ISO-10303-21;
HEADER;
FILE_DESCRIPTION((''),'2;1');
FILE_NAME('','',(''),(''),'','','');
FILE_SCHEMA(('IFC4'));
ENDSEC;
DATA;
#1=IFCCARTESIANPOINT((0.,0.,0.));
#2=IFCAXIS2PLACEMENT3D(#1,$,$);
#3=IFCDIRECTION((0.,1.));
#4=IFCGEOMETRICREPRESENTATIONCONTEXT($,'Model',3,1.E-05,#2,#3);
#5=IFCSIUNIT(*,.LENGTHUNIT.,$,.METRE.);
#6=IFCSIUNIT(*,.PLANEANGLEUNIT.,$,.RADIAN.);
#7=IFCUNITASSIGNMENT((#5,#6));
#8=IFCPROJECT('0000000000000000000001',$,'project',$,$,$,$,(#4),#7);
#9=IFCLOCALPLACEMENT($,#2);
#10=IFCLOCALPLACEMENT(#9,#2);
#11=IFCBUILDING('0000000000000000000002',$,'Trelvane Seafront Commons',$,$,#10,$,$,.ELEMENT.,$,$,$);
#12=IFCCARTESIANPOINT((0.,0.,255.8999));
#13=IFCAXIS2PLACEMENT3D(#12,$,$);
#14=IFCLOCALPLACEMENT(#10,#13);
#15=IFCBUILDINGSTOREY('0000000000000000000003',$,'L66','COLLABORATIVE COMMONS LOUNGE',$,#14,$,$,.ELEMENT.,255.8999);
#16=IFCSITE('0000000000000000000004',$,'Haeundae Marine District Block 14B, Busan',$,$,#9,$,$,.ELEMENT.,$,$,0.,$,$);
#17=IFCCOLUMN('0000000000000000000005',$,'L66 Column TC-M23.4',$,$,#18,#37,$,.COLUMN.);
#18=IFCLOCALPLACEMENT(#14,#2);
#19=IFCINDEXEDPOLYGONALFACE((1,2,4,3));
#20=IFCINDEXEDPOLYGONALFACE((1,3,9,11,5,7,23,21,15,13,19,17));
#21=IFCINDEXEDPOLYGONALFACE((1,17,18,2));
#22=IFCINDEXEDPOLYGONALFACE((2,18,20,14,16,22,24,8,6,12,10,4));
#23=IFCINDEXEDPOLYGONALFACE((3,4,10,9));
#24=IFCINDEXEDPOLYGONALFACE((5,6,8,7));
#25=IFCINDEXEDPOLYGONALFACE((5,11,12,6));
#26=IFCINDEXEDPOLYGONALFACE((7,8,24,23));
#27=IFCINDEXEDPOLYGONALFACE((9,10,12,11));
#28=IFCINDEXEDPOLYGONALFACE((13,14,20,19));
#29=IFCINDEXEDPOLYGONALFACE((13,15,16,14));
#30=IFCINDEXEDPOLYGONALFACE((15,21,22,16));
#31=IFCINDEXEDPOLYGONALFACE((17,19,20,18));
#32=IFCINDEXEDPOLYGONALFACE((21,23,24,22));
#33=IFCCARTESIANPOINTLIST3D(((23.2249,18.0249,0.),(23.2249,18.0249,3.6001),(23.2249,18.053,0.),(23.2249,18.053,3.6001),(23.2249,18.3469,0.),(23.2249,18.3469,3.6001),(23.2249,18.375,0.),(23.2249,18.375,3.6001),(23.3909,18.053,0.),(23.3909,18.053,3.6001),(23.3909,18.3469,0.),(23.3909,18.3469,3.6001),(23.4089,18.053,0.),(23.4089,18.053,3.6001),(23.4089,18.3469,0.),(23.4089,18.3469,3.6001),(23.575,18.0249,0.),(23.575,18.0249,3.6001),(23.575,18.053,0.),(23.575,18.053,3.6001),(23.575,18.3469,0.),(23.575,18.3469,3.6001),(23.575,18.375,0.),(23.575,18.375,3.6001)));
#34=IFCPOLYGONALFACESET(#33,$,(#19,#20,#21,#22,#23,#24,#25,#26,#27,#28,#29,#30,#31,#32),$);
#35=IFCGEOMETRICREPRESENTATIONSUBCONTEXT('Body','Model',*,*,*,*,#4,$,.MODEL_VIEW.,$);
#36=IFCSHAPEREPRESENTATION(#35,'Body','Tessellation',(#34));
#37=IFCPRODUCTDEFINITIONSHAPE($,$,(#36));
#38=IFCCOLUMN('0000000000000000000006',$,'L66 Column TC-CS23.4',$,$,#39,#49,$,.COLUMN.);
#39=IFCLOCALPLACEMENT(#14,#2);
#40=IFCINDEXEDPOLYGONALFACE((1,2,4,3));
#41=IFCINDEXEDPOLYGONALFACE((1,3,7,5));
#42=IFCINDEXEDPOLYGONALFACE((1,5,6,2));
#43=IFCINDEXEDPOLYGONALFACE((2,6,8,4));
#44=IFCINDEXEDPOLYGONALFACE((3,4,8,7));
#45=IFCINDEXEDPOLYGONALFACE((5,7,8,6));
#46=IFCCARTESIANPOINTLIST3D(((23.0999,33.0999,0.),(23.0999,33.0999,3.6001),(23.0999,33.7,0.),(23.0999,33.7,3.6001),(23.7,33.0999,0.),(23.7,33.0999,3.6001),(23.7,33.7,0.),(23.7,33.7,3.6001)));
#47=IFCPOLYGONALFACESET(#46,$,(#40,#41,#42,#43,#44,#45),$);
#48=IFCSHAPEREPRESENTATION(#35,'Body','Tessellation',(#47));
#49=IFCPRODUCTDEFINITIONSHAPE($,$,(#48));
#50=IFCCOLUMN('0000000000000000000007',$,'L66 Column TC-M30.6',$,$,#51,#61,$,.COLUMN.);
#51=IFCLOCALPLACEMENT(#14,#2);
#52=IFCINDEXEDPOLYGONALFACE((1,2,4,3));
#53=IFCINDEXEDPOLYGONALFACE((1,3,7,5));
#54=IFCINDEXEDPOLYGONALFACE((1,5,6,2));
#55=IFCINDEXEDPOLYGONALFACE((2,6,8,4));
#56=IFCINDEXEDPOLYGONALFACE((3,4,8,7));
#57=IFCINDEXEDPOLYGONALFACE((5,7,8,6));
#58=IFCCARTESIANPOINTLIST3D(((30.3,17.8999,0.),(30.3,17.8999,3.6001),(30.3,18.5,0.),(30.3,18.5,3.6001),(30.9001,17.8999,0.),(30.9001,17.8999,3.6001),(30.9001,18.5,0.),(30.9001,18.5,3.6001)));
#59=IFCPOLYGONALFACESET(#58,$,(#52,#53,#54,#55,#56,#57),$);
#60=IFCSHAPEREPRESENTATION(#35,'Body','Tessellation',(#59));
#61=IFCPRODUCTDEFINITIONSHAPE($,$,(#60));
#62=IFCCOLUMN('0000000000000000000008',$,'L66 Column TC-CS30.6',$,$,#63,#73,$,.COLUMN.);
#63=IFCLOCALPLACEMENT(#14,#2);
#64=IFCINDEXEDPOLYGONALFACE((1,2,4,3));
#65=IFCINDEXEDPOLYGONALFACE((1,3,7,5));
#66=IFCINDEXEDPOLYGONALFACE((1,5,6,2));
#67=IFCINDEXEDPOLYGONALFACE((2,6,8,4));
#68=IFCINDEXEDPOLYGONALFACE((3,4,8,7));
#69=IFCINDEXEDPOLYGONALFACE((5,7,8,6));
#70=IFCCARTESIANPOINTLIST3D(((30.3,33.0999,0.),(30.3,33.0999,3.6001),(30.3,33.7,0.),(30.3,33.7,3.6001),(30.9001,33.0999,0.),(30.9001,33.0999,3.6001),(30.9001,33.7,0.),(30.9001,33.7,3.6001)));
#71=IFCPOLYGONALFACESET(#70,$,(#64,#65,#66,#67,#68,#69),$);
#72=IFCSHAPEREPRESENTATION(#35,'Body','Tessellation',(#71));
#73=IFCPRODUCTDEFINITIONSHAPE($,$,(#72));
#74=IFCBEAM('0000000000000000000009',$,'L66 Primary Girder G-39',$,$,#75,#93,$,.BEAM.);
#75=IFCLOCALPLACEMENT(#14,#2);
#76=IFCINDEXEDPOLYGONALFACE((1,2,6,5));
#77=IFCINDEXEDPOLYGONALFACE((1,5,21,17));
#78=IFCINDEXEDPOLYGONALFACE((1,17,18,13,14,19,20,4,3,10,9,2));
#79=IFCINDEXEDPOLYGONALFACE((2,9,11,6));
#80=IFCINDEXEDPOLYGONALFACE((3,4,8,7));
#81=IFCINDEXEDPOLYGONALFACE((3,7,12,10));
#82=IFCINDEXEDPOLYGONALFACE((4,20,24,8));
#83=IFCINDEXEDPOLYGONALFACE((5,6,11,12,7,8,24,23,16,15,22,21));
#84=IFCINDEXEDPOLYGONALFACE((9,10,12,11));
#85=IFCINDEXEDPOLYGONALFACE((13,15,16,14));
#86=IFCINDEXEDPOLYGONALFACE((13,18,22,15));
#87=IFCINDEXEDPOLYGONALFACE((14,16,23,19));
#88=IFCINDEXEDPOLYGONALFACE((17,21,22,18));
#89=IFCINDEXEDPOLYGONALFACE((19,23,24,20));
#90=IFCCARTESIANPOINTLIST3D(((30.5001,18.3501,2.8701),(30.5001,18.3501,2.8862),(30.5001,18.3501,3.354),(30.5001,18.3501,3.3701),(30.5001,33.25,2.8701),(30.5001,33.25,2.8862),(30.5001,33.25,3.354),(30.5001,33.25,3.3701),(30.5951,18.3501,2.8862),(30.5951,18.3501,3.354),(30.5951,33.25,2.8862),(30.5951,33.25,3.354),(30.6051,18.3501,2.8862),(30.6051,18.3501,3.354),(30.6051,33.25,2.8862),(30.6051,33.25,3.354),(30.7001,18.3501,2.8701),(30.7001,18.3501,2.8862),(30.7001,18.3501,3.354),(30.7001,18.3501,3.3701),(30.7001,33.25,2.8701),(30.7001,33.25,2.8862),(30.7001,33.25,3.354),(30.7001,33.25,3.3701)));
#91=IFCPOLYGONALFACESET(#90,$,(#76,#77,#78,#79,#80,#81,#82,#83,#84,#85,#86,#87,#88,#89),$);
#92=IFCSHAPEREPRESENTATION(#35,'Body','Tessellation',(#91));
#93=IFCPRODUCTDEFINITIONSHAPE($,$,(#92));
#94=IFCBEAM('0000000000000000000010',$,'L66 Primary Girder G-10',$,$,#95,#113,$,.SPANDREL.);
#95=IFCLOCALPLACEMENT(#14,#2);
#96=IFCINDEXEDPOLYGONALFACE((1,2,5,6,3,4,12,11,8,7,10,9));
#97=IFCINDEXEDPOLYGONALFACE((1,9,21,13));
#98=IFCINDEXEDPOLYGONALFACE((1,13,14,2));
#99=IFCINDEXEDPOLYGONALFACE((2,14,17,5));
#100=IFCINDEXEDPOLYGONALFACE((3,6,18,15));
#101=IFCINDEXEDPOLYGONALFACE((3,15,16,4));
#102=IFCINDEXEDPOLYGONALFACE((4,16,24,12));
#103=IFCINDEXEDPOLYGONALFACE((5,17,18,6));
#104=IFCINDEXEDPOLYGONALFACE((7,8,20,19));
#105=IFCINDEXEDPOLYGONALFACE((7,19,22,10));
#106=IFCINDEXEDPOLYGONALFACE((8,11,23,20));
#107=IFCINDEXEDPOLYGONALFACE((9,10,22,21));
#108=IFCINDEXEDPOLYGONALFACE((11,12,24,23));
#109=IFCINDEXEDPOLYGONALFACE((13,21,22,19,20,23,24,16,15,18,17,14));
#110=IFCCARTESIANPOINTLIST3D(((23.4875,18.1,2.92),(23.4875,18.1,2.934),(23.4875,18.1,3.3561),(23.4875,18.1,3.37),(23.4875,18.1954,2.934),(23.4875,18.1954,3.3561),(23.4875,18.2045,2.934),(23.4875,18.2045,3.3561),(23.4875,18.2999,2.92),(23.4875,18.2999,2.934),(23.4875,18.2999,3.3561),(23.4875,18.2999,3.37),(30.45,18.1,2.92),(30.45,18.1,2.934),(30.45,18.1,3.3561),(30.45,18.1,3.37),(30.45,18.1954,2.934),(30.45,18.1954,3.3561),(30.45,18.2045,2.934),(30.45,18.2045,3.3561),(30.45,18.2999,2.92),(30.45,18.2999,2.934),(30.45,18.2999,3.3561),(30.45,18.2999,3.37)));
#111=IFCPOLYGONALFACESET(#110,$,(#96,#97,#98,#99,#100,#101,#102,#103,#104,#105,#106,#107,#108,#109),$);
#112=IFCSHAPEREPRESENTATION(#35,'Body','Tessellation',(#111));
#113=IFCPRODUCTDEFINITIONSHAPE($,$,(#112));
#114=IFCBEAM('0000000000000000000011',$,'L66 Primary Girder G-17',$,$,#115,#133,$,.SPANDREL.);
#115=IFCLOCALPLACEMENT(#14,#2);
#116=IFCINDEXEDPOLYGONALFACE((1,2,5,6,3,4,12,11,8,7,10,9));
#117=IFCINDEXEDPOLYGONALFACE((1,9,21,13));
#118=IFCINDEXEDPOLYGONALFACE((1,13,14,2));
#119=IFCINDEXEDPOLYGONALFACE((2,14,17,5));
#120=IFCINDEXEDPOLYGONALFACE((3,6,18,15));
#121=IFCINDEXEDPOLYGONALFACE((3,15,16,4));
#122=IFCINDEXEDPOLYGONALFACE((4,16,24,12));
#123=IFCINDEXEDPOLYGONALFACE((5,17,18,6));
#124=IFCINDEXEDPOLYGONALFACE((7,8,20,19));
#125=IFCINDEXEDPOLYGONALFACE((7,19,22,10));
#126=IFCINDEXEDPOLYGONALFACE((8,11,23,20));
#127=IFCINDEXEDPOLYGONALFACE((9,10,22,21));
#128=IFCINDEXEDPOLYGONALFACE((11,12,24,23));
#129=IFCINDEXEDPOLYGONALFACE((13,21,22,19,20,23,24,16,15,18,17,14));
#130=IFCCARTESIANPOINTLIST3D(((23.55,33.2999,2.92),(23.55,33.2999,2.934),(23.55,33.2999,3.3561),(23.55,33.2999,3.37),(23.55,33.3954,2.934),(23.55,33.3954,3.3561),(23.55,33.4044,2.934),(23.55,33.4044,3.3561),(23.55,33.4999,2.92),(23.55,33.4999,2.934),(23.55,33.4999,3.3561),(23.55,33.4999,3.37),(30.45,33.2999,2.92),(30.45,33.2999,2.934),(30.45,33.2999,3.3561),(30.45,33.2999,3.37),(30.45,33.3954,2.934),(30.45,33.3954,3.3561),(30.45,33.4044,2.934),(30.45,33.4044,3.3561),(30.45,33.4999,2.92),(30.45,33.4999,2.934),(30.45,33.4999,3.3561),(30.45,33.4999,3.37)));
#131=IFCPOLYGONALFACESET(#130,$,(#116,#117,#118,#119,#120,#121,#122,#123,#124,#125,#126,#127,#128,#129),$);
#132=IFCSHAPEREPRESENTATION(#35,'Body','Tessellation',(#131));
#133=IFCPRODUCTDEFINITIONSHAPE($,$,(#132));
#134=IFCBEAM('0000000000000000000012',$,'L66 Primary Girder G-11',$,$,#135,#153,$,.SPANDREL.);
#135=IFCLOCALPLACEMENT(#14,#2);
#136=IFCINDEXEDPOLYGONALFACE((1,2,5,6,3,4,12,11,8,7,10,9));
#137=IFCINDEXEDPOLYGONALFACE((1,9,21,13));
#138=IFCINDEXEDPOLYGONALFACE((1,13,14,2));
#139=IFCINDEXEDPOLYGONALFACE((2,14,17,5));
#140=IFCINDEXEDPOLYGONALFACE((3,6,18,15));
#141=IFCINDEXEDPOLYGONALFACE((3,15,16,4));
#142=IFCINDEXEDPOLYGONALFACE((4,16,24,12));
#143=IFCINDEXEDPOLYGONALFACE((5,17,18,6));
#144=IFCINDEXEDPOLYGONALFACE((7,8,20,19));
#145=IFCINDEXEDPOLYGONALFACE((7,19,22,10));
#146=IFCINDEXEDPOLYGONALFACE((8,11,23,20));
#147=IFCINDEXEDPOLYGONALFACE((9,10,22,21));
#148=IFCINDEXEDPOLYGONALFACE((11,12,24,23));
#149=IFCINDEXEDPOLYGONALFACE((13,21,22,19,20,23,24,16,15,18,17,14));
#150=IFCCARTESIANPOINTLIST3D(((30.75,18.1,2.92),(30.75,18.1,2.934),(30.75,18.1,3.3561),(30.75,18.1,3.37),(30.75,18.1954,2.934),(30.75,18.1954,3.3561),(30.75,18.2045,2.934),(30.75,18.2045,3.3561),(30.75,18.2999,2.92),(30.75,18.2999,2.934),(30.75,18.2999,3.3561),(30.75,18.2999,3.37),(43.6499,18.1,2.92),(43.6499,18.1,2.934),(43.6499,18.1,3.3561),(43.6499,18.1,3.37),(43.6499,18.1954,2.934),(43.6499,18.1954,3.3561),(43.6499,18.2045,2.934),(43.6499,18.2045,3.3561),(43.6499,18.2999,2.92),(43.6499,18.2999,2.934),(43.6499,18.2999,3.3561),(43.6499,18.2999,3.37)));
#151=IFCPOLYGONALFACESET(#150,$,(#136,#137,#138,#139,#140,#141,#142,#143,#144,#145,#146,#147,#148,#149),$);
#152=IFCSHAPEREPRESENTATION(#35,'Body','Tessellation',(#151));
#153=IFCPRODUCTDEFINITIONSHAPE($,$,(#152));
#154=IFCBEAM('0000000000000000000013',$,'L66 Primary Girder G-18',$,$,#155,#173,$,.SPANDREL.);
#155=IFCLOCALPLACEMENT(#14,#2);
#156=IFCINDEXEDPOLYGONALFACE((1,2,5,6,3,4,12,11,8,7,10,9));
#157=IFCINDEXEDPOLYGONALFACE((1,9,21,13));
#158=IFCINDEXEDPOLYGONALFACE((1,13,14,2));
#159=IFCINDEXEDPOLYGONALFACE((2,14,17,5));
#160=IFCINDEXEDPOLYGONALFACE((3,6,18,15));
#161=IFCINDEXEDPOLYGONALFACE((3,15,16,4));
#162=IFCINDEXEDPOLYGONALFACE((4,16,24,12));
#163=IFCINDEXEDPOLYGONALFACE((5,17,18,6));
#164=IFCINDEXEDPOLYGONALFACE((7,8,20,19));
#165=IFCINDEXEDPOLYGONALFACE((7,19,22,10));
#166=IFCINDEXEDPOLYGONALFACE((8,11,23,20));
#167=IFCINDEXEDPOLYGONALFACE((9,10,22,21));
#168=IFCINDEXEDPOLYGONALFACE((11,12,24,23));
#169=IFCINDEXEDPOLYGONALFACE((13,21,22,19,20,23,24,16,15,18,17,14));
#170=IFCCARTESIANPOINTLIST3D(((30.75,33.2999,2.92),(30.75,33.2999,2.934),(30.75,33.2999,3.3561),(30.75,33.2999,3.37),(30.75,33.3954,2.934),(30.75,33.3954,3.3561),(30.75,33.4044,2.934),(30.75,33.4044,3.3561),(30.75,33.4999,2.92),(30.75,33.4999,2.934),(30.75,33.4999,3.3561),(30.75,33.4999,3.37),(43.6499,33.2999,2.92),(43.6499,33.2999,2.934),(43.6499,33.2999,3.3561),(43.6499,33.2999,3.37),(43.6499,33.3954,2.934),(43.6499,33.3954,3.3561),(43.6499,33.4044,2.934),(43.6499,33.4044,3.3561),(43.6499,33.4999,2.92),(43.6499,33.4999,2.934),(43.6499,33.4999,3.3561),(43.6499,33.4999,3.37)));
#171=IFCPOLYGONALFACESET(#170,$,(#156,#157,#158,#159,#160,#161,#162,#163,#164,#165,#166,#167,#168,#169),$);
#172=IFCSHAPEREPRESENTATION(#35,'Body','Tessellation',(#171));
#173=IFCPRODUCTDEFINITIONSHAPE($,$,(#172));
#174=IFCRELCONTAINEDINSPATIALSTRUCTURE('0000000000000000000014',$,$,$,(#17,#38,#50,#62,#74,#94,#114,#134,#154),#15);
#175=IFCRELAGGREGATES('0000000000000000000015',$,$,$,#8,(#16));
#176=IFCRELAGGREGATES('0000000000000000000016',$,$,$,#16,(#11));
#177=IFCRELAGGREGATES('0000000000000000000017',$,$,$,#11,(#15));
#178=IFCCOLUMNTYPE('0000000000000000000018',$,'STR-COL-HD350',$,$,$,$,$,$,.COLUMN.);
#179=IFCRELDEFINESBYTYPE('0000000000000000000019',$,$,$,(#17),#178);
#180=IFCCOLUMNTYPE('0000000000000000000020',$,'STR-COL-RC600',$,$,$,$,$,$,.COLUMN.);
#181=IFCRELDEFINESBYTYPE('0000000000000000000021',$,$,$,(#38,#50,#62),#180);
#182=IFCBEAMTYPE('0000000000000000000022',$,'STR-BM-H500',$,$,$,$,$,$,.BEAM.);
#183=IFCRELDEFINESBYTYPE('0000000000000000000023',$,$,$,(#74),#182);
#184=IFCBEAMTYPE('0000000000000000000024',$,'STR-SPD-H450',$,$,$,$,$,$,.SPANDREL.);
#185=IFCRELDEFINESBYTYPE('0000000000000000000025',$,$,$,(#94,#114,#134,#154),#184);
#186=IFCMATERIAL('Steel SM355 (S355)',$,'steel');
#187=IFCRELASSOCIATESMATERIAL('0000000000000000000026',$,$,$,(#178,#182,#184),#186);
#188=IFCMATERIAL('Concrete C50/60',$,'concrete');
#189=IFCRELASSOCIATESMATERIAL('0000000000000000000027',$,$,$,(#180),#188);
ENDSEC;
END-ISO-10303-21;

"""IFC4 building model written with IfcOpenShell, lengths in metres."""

from ifc_helpers import new_model, si_unit, direction, frame, origin, origin_2d, place, context, subcontext, project, spatial, rectangle, i_section, extrude, source, transform, mapped, material, material_profile, profile_set, type_object, element, save


model = new_model("IFC4")

# Units and contexts
model_context = context("Model", 3, precision=1e-05, world=origin(), true_north=direction((0.0, 1.0)))
body_context = subcontext(model_context, "Body", "Model", "MODEL_VIEW")
ifc_project = project(units=[si_unit("LENGTHUNIT", "METRE"), si_unit("PLANEANGLEUNIT", "RADIAN")], contexts=[model_context])

# Site, building, storey
site_placement = place(None, origin())
site = spatial("IfcSite", under=ifc_project, at=site_placement, Name="Haeundae Marine District Block 14B, Busan", CompositionType="ELEMENT", RefElevation=0.0)
building_placement = place(site_placement, origin())
building = spatial("IfcBuilding", under=site, at=building_placement, Name="Trelvane Seafront Commons", CompositionType="ELEMENT")
storey_placement = place(building_placement, frame((0.0, 0.0, 255.8999)))
storey = spatial("IfcBuildingStorey", under=building, at=storey_placement, Name="L66", Description="COLLABORATIVE COMMONS LOUNGE", CompositionType="ELEMENT", Elevation=255.8999)

# Columns
ifc_material_1 = material(Name="Steel SM355 (S355)", Category="steel")
ifc_material_profile_1 = material_profile(ifc_material_1, i_section(OverallWidth=0.3501, OverallDepth=0.3501, WebThickness=0.0181, FlangeThickness=0.0281, at=origin_2d()), Name="HD-350x350x18x28")
ifc_profile_set_1 = profile_set([ifc_material_profile_1], Name="Steel SM355 (S355)")
column_type_1 = type_object("IfcColumnType", Name="STR-COL-HD350", PredefinedType="COLUMN", material=ifc_profile_set_1)
shared_shape_1 = source(origin(), body_context, "Body", "SweptSolid", [
    extrude(i_section(OverallWidth=0.3501, OverallDepth=0.3501, WebThickness=0.0181, FlangeThickness=0.0281, at=origin_2d()), origin(), (0.0, 0.0, 1.0), 3.6001),
])
column_placement = place(storey_placement, frame((23.3999, 18.2, 0.0), z_axis=(0.0, 0.0, 1.0), x_axis=(1.0, 0.0, 0.0)))
element("IfcColumn", 1, at=column_placement, inside=storey, type_object=column_type_1, Name="L66 Column TC-M23.4", PredefinedType="COLUMN", context=body_context, shape_type="MappedRepresentation", body=[
    mapped(shared_shape_1, transform((0.0, 0.0, 0.0), x_axis=(1.0, 0.0, 0.0), y_axis=(0.0, 1.0, 0.0), z_axis=(0.0, 0.0, 1.0), scale=1.0)),
])
ifc_material_2 = material(Name="Concrete C50/60", Category="concrete")
ifc_material_profile_2 = material_profile(ifc_material_2, rectangle(XDim=0.6001, YDim=0.6001, at=origin_2d()), Name="RC-600x600")
ifc_profile_set_2 = profile_set([ifc_material_profile_2], Name="Concrete C50/60")
column_type_2 = type_object("IfcColumnType", Name="STR-COL-RC600", PredefinedType="COLUMN", material=ifc_profile_set_2)
shared_shape_2 = source(origin(), body_context, "Body", "SweptSolid", [
    extrude(rectangle(XDim=0.6001, YDim=0.6001, at=origin_2d()), origin(), (0.0, 0.0, 1.0), 3.6001),
])
for number, where, z_axis, x_axis, name in (
    (2, (23.3999, 33.3999, 0.0), (0.0, 0.0, 1.0), (1.0, 0.0, 0.0), "L66 Column TC-CS23.4"),
    (3, (30.6001, 18.2, 0.0), (0.0, 0.0, 1.0), (1.0, 0.0, 0.0), "L66 Column TC-M30.6"),
    (4, (30.6001, 33.3999, 0.0), (0.0, 0.0, 1.0), (1.0, 0.0, 0.0), "L66 Column TC-CS30.6"),
):
    element("IfcColumn", number, at=place(storey_placement, frame(where, z_axis=z_axis, x_axis=x_axis)), inside=storey, type_object=column_type_2, Name=name, PredefinedType="COLUMN", context=body_context, shape_type="MappedRepresentation", body=[
        mapped(shared_shape_2, transform((0.0, 0.0, 0.0), x_axis=(1.0, 0.0, 0.0), y_axis=(0.0, 1.0, 0.0), z_axis=(0.0, 0.0, 1.0), scale=1.0)),
    ])

# Beams
ifc_material_profile_3 = material_profile(ifc_material_1, i_section(OverallWidth=0.2, OverallDepth=0.5, WebThickness=0.01, FlangeThickness=0.0161, at=origin_2d()), Name="H-500x200x10x16")
ifc_profile_set_3 = profile_set([ifc_material_profile_3], Name="Steel SM355 (S355)")
beam_type_1 = type_object("IfcBeamType", Name="STR-BM-H500", PredefinedType="BEAM", material=ifc_profile_set_3)
shared_shape_3 = source(origin(), body_context, "Body", "SweptSolid", [
    extrude(i_section(OverallWidth=0.2, OverallDepth=0.5, WebThickness=0.01, FlangeThickness=0.0161, at=origin_2d()), origin(), (0.0, 0.0, 1.0), 14.8999),
])
beam_1_placement = place(storey_placement, frame((30.6001, 18.3501, 3.1201), z_axis=(0.0, 1.0, 0.0), x_axis=(-1.0, 0.0, 0.0)))
element("IfcBeam", 5, at=beam_1_placement, inside=storey, type_object=beam_type_1, Name="L66 Primary Girder G-39", PredefinedType="BEAM", context=body_context, shape_type="MappedRepresentation", body=[
    mapped(shared_shape_3, transform((0.0, 0.0, 0.0), x_axis=(1.0, 0.0, 0.0), y_axis=(0.0, 1.0, 0.0), z_axis=(0.0, 0.0, 1.0), scale=1.0)),
])
ifc_material_profile_4 = material_profile(ifc_material_1, i_section(OverallWidth=0.2, OverallDepth=0.45, WebThickness=0.009, FlangeThickness=0.0139, at=origin_2d()), Name="H-450x200x9x14")
ifc_profile_set_4 = profile_set([ifc_material_profile_4], Name="Steel SM355 (S355)")
beam_type_2 = type_object("IfcBeamType", Name="STR-SPD-H450", PredefinedType="SPANDREL", material=ifc_profile_set_4)
shared_shape_4 = source(origin(), body_context, "Body", "SweptSolid", [
    extrude(i_section(OverallWidth=0.2, OverallDepth=0.45, WebThickness=0.009, FlangeThickness=0.0139, at=origin_2d()), origin(), (0.0, 0.0, 1.0), 6.9624),
])
beam_2_placement = place(storey_placement, frame((23.4875, 18.2, 3.145), z_axis=(1.0, 0.0, 0.0), x_axis=(0.0, 1.0, 0.0)))
element("IfcBeam", 6, at=beam_2_placement, inside=storey, type_object=beam_type_2, Name="L66 Primary Girder G-10", PredefinedType="SPANDREL", context=body_context, shape_type="MappedRepresentation", body=[
    mapped(shared_shape_4, transform((0.0, 0.0, 0.0), x_axis=(1.0, 0.0, 0.0), y_axis=(0.0, 1.0, 0.0), z_axis=(0.0, 0.0, 1.0), scale=1.0)),
])
shared_shape_5 = source(origin(), body_context, "Body", "SweptSolid", [
    extrude(i_section(OverallWidth=0.2, OverallDepth=0.45, WebThickness=0.009, FlangeThickness=0.0139, at=origin_2d()), origin(), (0.0, 0.0, 1.0), 6.8999),
])
beam_3_placement = place(storey_placement, frame((23.55, 33.3999, 3.145), z_axis=(1.0, 0.0, 0.0), x_axis=(0.0, 1.0, 0.0)))
element("IfcBeam", 7, at=beam_3_placement, inside=storey, type_object=beam_type_2, Name="L66 Primary Girder G-17", PredefinedType="SPANDREL", context=body_context, shape_type="MappedRepresentation", body=[
    mapped(shared_shape_5, transform((0.0, 0.0, 0.0), x_axis=(1.0, 0.0, 0.0), y_axis=(0.0, 1.0, 0.0), z_axis=(0.0, 0.0, 1.0), scale=1.0)),
])
shared_shape_6 = source(origin(), body_context, "Body", "SweptSolid", [
    extrude(i_section(OverallWidth=0.2, OverallDepth=0.45, WebThickness=0.009, FlangeThickness=0.0139, at=origin_2d()), origin(), (0.0, 0.0, 1.0), 12.8999),
])
for number, where, z_axis, x_axis, name in (
    (8, (30.75, 18.2, 3.145), (1.0, 0.0, 0.0), (0.0, 1.0, 0.0), "L66 Primary Girder G-11"),
    (9, (30.75, 33.3999, 3.145), (1.0, 0.0, 0.0), (0.0, 1.0, 0.0), "L66 Primary Girder G-18"),
):
    element("IfcBeam", number, at=place(storey_placement, frame(where, z_axis=z_axis, x_axis=x_axis)), inside=storey, type_object=beam_type_2, Name=name, PredefinedType="SPANDREL", context=body_context, shape_type="MappedRepresentation", body=[
        mapped(shared_shape_6, transform((0.0, 0.0, 0.0), x_axis=(1.0, 0.0, 0.0), y_axis=(0.0, 1.0, 0.0), z_axis=(0.0, 0.0, 1.0), scale=1.0)),
    ])

save(model, "model.ifc")
